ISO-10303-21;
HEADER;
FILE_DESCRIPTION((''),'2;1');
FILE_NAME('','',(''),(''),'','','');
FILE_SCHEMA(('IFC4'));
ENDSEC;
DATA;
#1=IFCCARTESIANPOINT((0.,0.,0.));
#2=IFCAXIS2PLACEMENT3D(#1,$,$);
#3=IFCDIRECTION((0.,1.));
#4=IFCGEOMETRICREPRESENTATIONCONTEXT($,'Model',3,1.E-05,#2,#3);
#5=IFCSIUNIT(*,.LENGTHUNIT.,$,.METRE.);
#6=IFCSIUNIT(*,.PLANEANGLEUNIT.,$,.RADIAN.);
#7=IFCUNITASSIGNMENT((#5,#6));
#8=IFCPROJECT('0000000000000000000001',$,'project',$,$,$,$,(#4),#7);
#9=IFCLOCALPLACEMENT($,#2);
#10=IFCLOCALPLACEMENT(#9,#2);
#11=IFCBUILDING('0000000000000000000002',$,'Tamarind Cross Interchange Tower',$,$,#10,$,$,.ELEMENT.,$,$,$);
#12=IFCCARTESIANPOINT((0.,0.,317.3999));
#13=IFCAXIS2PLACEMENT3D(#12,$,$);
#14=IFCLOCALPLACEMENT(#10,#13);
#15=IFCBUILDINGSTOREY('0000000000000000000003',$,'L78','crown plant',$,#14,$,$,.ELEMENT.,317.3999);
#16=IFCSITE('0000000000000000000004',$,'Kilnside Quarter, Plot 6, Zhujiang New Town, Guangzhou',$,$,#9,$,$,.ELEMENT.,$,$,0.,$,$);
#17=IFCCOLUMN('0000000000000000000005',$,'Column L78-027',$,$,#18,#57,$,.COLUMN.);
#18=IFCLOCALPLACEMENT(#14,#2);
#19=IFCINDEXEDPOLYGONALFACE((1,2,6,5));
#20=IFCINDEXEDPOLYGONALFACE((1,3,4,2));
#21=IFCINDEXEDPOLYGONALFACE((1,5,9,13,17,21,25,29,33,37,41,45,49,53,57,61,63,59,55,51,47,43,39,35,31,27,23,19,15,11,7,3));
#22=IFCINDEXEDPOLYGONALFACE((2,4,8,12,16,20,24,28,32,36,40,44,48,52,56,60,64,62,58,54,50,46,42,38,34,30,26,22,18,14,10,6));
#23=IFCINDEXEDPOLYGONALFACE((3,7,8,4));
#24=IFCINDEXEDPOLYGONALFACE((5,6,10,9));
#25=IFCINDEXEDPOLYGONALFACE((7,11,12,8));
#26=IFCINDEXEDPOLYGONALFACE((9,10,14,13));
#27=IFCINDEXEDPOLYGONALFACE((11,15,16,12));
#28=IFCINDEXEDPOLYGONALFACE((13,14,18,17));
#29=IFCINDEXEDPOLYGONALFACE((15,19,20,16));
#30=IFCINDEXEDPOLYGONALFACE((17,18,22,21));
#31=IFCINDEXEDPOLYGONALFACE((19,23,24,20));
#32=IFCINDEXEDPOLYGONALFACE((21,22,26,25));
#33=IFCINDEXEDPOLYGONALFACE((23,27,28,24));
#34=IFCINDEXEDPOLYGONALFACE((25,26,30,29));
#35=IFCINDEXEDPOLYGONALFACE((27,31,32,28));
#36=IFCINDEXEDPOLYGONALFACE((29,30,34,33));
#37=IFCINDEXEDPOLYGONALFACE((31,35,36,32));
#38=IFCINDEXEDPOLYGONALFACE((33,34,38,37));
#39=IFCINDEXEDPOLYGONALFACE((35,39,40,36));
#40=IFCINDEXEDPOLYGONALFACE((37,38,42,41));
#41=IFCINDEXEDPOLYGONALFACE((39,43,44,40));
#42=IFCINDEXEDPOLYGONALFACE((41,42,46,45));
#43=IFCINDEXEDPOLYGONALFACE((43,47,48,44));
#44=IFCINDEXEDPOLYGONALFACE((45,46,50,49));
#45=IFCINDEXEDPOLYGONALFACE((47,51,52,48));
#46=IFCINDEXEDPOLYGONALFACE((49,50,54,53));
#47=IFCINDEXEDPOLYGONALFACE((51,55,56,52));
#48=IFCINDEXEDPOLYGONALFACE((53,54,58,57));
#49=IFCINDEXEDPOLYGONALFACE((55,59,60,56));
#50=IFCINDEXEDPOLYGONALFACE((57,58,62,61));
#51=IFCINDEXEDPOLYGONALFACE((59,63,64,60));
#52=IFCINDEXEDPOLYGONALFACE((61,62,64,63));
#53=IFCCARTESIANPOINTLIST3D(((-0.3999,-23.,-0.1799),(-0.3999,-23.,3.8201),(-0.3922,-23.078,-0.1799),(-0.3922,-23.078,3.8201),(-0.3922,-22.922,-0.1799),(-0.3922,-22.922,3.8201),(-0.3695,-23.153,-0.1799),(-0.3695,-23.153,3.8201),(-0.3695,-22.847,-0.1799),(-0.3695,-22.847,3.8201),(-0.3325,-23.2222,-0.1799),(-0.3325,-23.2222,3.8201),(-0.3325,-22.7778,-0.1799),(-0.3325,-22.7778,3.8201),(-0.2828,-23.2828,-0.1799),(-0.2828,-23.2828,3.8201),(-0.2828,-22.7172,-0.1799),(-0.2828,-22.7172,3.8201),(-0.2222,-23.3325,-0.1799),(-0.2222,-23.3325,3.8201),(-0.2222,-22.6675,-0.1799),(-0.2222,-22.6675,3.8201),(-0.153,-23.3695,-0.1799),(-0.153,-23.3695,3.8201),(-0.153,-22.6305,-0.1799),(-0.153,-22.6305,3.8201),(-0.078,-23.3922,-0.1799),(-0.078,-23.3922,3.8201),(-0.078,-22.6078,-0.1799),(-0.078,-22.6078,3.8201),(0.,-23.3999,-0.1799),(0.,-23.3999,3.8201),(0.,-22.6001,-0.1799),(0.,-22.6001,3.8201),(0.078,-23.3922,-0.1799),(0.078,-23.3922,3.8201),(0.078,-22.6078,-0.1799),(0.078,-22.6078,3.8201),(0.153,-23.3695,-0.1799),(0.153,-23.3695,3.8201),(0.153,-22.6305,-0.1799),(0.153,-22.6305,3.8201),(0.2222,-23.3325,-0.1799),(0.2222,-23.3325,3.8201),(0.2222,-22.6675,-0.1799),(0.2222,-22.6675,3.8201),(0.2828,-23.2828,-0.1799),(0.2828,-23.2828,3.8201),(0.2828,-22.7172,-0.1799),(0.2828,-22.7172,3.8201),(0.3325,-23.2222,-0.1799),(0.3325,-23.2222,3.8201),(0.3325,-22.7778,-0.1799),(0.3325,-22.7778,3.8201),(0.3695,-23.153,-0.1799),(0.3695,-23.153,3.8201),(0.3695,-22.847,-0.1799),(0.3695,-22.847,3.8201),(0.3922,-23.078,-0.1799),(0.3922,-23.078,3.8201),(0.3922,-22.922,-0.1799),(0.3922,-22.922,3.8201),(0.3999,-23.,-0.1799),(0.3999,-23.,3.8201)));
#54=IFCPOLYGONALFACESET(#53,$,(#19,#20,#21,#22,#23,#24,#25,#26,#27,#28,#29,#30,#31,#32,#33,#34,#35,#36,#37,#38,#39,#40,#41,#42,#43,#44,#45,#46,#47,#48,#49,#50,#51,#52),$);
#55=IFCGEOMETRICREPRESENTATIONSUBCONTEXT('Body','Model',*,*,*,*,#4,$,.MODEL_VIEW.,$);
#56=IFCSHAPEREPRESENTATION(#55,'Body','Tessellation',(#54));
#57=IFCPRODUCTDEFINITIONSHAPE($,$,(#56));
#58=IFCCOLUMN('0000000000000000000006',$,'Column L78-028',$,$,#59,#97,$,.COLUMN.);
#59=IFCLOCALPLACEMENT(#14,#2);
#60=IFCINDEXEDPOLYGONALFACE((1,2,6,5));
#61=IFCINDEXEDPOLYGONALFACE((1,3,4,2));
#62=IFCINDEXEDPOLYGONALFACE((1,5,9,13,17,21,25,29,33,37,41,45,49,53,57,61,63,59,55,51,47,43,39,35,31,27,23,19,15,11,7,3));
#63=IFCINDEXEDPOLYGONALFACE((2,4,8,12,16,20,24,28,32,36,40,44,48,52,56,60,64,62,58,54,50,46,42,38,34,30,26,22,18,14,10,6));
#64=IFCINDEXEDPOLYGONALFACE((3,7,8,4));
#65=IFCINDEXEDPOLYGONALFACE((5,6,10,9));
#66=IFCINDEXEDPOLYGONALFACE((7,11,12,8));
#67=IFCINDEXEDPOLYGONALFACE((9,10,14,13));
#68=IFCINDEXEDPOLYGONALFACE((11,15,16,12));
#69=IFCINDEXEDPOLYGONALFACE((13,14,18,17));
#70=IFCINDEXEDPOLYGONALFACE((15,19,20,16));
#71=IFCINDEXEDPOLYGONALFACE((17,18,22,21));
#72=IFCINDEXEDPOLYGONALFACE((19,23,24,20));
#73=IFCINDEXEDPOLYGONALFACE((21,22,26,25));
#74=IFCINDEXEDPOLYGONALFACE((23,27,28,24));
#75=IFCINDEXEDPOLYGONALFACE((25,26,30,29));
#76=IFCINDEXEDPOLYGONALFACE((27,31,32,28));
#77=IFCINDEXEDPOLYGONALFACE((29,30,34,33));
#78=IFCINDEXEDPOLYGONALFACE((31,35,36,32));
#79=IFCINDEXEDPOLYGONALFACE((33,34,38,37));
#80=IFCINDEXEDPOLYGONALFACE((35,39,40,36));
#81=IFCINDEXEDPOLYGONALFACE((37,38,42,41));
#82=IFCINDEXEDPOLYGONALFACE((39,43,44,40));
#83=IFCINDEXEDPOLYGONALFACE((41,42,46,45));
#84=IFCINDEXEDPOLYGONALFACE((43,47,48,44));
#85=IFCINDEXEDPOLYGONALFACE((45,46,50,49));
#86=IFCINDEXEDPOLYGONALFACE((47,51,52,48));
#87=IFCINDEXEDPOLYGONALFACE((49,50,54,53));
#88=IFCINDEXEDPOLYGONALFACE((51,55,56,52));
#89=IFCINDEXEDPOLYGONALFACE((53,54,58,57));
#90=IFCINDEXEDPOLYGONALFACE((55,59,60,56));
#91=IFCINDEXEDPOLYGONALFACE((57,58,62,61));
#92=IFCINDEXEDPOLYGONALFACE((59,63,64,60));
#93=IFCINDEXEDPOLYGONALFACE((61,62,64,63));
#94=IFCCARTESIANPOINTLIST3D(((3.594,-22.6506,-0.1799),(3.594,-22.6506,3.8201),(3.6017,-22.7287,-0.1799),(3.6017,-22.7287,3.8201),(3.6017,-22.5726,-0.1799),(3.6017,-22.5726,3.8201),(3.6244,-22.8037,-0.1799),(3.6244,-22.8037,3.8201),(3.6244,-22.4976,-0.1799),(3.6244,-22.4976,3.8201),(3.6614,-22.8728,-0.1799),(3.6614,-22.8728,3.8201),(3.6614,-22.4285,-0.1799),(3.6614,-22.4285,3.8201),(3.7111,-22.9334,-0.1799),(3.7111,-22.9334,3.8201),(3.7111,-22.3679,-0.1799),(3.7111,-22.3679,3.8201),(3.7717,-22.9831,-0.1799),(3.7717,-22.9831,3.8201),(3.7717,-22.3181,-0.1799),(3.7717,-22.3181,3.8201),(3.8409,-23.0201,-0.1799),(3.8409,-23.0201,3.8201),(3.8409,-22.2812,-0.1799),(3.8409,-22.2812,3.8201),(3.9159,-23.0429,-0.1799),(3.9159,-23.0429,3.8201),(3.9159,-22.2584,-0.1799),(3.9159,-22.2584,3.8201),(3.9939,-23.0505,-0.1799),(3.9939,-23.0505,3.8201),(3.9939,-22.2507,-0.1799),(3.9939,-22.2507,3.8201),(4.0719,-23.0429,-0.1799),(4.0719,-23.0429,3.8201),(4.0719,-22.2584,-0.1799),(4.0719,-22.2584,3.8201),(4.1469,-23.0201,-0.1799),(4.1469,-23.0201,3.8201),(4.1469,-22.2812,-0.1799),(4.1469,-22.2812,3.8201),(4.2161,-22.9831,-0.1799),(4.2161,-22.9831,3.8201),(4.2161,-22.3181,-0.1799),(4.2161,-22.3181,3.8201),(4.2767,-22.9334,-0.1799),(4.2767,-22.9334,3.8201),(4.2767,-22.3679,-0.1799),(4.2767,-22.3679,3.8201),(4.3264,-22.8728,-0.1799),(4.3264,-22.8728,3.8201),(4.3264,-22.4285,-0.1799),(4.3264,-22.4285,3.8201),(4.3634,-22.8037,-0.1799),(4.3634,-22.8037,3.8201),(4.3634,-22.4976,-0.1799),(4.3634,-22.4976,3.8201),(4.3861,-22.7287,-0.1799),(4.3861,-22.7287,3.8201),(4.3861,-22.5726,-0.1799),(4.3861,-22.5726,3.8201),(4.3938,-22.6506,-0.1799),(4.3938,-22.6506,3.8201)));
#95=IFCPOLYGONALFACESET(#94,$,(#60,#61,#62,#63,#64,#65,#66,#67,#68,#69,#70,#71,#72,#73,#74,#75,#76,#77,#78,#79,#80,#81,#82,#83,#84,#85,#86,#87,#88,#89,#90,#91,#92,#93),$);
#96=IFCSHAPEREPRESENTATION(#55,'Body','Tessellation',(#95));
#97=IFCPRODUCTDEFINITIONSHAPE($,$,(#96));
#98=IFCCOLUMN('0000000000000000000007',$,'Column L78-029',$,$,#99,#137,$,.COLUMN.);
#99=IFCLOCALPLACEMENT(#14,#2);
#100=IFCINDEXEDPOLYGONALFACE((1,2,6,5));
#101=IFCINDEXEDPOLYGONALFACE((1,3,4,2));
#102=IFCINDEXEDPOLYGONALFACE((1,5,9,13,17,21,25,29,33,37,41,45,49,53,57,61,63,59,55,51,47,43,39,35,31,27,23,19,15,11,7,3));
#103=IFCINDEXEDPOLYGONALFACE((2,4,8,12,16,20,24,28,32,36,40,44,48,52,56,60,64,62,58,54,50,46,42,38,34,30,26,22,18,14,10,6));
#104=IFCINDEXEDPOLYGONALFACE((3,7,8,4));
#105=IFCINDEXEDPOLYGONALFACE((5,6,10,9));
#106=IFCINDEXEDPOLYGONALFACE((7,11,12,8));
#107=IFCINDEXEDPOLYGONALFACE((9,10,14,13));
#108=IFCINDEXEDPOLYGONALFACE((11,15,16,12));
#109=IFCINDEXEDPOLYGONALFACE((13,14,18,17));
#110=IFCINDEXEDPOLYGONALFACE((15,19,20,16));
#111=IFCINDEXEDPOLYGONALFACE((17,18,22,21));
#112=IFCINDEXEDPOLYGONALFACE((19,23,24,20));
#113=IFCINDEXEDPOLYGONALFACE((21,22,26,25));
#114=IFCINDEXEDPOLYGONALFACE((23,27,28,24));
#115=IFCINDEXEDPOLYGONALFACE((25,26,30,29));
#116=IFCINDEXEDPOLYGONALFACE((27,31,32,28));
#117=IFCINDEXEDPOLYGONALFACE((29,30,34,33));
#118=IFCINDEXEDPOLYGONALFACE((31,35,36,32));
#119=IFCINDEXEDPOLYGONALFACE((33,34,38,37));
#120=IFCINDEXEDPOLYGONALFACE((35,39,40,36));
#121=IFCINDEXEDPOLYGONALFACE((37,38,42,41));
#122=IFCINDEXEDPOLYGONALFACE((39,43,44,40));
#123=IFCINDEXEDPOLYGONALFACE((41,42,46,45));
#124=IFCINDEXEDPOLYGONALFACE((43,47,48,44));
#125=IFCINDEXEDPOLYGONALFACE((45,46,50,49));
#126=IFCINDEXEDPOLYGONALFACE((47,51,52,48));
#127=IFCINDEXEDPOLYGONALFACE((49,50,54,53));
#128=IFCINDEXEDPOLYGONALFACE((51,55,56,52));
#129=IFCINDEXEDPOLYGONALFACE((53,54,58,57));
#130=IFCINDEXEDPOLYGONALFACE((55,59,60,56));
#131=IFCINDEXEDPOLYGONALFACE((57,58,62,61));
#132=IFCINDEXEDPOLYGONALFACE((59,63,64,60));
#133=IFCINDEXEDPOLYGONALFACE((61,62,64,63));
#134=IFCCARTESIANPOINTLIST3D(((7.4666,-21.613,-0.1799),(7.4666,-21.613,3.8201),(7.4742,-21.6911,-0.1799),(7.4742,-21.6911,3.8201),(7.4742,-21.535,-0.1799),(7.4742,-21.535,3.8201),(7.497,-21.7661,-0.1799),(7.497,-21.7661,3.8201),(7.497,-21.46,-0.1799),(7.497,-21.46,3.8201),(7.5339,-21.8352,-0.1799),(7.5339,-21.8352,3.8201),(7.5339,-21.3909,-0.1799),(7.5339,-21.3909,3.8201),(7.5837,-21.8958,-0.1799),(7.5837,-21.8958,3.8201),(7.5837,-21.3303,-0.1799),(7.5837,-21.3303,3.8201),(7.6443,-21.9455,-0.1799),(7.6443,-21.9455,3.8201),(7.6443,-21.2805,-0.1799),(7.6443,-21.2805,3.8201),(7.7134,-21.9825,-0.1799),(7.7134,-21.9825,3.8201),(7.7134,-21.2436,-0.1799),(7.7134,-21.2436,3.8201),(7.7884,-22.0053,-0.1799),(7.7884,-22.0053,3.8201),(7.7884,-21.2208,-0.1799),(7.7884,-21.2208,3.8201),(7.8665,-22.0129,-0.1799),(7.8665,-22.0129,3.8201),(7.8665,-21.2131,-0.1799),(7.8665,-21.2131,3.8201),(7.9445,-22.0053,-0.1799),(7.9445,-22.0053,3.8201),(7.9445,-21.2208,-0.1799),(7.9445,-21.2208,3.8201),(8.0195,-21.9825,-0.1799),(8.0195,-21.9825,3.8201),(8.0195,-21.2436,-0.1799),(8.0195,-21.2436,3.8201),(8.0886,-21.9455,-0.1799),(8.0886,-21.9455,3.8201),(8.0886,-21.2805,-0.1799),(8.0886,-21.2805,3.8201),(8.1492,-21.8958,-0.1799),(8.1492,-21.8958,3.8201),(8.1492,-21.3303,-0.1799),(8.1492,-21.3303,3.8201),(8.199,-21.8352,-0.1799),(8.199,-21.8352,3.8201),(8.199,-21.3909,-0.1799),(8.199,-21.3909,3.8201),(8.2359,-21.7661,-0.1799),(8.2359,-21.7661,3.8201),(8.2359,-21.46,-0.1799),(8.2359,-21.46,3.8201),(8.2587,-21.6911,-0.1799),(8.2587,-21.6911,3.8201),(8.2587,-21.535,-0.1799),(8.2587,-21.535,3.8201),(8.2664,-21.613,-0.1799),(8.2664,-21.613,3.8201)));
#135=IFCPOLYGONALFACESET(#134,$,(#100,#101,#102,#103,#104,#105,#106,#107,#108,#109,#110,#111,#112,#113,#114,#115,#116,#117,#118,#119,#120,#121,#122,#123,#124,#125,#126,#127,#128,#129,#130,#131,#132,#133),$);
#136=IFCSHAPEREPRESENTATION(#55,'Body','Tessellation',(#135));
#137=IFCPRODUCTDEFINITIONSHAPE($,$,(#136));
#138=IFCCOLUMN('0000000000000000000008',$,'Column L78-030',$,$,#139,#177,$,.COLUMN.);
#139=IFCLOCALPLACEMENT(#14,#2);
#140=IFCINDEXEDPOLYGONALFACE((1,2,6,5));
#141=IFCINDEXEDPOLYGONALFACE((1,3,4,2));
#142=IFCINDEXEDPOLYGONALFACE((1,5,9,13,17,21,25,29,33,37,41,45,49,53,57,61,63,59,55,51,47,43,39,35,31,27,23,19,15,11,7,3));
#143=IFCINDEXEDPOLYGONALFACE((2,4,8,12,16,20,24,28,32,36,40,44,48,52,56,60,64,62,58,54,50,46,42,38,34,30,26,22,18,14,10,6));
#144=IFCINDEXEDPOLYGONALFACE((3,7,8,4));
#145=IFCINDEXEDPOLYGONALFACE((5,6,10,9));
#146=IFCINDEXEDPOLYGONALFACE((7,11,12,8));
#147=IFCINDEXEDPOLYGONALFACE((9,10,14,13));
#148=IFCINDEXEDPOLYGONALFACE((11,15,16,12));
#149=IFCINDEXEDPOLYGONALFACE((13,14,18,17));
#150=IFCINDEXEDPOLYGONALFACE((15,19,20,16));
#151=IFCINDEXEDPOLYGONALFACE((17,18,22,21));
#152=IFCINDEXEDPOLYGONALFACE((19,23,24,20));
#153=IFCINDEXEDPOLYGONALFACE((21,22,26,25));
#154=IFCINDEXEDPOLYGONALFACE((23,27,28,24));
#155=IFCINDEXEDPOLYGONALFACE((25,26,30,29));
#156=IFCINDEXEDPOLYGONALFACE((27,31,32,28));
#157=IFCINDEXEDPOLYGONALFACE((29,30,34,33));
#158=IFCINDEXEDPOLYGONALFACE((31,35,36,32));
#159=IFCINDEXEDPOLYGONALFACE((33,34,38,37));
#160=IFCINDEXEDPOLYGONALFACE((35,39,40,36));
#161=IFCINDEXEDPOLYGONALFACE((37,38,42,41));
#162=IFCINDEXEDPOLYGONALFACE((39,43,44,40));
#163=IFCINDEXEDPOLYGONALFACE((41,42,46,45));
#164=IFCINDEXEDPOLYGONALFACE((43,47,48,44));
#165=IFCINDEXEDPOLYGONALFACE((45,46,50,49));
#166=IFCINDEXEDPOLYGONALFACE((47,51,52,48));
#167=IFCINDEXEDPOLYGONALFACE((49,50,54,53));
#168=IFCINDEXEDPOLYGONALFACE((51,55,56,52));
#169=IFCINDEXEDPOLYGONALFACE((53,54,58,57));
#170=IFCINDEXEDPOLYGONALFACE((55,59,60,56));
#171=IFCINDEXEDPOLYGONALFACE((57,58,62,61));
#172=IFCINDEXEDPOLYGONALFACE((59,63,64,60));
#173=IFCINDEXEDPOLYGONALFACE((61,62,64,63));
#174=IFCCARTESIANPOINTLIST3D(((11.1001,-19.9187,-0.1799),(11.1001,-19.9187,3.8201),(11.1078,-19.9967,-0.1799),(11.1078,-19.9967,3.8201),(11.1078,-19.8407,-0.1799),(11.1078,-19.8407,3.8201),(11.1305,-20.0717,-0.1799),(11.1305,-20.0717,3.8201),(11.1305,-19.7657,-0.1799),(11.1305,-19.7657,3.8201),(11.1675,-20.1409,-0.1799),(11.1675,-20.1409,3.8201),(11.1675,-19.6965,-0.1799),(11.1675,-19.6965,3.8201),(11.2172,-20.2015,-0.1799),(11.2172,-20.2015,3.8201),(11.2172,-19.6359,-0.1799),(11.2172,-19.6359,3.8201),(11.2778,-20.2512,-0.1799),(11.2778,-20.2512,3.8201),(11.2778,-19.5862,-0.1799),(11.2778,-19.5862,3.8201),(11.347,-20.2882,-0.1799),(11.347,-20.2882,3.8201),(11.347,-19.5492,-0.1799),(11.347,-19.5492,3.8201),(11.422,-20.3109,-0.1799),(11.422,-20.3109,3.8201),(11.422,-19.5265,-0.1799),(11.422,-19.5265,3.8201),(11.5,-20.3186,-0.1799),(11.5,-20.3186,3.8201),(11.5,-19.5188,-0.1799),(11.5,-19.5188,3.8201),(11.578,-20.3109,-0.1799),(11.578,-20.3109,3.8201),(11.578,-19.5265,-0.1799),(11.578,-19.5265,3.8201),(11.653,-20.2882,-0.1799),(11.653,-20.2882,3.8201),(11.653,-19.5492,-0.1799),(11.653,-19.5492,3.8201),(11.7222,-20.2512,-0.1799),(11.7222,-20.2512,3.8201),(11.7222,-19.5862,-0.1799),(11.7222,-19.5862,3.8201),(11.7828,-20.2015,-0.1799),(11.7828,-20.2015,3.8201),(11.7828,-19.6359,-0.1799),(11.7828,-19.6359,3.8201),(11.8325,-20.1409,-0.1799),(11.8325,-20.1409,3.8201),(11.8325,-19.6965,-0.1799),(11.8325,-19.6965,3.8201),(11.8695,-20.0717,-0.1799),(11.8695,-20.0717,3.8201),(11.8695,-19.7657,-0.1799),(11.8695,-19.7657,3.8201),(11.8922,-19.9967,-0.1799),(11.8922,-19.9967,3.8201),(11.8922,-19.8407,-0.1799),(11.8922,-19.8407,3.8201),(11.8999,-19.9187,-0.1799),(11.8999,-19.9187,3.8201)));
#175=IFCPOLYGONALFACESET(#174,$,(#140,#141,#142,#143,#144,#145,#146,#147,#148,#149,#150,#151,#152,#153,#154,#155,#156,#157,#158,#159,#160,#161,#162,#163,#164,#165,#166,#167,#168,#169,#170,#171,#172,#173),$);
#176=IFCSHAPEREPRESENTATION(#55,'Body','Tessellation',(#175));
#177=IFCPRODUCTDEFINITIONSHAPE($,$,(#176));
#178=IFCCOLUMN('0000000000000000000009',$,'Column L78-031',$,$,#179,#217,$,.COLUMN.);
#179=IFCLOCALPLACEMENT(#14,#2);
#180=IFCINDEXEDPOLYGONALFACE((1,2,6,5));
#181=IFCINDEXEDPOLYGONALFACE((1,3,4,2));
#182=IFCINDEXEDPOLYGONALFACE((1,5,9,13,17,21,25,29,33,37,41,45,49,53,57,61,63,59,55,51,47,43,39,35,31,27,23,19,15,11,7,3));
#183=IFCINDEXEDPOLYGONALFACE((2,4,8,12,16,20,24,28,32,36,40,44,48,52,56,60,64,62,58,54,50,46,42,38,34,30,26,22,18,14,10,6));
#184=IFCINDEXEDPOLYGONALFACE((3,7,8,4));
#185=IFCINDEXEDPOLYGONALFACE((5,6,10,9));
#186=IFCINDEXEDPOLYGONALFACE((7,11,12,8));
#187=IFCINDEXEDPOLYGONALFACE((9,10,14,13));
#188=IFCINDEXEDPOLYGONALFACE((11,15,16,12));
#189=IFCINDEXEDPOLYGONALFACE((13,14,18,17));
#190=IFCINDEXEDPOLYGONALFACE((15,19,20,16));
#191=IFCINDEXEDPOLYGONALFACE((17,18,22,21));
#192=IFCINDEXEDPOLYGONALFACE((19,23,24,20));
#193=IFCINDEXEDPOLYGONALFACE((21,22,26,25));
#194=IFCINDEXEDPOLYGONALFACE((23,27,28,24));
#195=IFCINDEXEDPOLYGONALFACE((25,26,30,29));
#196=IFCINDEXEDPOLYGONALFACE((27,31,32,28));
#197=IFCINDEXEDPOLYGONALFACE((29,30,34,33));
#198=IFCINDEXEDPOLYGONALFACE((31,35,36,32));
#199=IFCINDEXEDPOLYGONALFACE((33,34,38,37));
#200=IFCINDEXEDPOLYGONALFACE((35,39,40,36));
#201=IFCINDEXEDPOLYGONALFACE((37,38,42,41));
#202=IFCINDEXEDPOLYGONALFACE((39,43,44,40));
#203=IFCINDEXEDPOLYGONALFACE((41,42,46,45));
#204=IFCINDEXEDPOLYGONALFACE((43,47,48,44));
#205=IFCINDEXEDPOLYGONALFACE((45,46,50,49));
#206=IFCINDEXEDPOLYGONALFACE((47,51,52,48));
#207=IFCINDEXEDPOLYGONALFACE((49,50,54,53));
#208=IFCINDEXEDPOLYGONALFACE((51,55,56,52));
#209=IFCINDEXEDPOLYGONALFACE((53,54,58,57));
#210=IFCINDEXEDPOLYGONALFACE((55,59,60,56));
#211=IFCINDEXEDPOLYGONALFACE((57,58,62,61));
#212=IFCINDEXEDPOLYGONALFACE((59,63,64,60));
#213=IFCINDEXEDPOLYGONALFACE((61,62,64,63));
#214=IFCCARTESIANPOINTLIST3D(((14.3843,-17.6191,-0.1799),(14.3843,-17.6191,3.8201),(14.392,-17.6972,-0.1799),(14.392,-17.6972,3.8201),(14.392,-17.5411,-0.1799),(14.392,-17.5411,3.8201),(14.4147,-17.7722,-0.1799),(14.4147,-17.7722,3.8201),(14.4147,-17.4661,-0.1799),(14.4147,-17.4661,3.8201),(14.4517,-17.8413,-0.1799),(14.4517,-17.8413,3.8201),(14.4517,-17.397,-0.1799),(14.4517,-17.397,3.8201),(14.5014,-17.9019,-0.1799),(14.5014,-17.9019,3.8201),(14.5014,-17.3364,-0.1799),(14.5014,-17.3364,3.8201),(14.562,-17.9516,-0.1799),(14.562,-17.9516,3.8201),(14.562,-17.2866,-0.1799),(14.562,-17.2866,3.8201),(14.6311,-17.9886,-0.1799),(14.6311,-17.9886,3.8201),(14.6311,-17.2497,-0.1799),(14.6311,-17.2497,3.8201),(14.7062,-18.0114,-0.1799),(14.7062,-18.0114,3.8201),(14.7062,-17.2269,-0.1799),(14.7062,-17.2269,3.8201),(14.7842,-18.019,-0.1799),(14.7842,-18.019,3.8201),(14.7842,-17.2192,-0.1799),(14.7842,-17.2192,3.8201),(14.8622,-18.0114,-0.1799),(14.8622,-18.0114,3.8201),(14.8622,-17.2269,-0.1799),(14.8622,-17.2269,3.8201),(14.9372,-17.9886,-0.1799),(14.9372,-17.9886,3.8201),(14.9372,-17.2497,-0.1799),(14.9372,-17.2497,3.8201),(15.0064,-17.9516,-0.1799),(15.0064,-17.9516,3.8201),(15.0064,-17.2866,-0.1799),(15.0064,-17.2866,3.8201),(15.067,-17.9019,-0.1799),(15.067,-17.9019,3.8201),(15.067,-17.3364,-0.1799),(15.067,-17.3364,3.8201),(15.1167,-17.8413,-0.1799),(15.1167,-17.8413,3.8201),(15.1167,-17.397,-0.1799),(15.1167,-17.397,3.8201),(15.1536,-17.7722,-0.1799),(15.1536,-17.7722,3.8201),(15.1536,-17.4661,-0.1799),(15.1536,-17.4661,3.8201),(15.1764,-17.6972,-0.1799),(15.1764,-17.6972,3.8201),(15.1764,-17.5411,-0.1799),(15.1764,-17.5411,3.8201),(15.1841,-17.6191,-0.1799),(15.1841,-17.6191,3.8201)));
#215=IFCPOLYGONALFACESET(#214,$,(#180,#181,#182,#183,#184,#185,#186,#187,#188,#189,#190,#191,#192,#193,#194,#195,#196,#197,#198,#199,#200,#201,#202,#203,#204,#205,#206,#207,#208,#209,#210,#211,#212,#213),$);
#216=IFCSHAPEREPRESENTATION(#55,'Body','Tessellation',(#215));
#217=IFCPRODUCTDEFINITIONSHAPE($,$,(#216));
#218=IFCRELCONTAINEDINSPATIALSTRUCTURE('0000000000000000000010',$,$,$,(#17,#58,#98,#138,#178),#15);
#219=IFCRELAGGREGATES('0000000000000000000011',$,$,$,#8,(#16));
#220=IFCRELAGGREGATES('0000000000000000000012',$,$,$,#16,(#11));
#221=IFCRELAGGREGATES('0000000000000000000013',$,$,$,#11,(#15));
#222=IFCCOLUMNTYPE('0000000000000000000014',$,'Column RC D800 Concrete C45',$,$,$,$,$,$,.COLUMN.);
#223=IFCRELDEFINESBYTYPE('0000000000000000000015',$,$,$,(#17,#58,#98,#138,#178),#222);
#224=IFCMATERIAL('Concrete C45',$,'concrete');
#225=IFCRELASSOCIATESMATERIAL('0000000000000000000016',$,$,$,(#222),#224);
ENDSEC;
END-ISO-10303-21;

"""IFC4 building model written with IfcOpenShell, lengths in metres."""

from ifc_helpers import new_model, si_unit, direction, frame, origin, origin_2d, place, context, subcontext, project, spatial, circle, extrude, material, material_profile, profile_set, type_object, element, save


model = new_model("IFC4")

# Units and contexts
model_context = context("Model", 3, precision=1e-05, world=origin(), true_north=direction((0.0, 1.0)))
body_context = subcontext(model_context, "Body", "Model", "MODEL_VIEW")
ifc_project = project(units=[si_unit("LENGTHUNIT", "METRE"), si_unit("PLANEANGLEUNIT", "RADIAN")], contexts=[model_context])

# Site, building, storey
site_placement = place(None, origin())
site = spatial("IfcSite", under=ifc_project, at=site_placement, Name="Kilnside Quarter, Plot 6, Zhujiang New Town, Guangzhou", CompositionType="ELEMENT", RefElevation=0.0)
building_placement = place(site_placement, origin())
building = spatial("IfcBuilding", under=site, at=building_placement, Name="Tamarind Cross Interchange Tower", CompositionType="ELEMENT")
storey_placement = place(building_placement, frame((0.0, 0.0, 317.3999)))
storey = spatial("IfcBuildingStorey", under=building, at=storey_placement, Name="L78", Description="crown plant", CompositionType="ELEMENT", Elevation=317.3999)

# Columns
ifc_material_1 = material(Name="Concrete C45", Category="concrete")
ifc_material_profile_1 = material_profile(ifc_material_1, circle(Radius=0.3999, at=origin_2d()), Name="RC D800")
ifc_profile_set_1 = profile_set([ifc_material_profile_1], Name="Concrete C45")
column_type = type_object("IfcColumnType", Name="Column RC D800 Concrete C45", PredefinedType="COLUMN", material=ifc_profile_set_1)
for number, where, z_axis, x_axis, name in (
    (1, (0.0, -23.0, -0.1799), (0.0, 0.0, 1.0), (1.0, 0.0, 0.0), "Column L78-027"),
    (2, (3.9939, -22.6506, -0.1799), (0.0, 0.0, 1.0), (1.0, 0.0, 0.0), "Column L78-028"),
    (3, (7.8665, -21.613, -0.1799), (0.0, 0.0, 1.0), (1.0, 0.0, 0.0), "Column L78-029"),
    (4, (11.5, -19.9187, -0.1799), (0.0, 0.0, 1.0), (1.0, 0.0, 0.0), "Column L78-030"),
    (5, (14.7842, -17.6191, -0.1799), (0.0, 0.0, 1.0), (1.0, 0.0, 0.0), "Column L78-031"),
):
    element("IfcColumn", number, at=place(storey_placement, frame(where, z_axis=z_axis, x_axis=x_axis)), inside=storey, type_object=column_type, Name=name, PredefinedType="COLUMN", context=body_context, shape_type="SweptSolid", body=[
        extrude(circle(Radius=0.3999, at=origin_2d()), origin(), (0.0, 0.0, 1.0), 4.0),
    ])

save(model, "model.ifc")
